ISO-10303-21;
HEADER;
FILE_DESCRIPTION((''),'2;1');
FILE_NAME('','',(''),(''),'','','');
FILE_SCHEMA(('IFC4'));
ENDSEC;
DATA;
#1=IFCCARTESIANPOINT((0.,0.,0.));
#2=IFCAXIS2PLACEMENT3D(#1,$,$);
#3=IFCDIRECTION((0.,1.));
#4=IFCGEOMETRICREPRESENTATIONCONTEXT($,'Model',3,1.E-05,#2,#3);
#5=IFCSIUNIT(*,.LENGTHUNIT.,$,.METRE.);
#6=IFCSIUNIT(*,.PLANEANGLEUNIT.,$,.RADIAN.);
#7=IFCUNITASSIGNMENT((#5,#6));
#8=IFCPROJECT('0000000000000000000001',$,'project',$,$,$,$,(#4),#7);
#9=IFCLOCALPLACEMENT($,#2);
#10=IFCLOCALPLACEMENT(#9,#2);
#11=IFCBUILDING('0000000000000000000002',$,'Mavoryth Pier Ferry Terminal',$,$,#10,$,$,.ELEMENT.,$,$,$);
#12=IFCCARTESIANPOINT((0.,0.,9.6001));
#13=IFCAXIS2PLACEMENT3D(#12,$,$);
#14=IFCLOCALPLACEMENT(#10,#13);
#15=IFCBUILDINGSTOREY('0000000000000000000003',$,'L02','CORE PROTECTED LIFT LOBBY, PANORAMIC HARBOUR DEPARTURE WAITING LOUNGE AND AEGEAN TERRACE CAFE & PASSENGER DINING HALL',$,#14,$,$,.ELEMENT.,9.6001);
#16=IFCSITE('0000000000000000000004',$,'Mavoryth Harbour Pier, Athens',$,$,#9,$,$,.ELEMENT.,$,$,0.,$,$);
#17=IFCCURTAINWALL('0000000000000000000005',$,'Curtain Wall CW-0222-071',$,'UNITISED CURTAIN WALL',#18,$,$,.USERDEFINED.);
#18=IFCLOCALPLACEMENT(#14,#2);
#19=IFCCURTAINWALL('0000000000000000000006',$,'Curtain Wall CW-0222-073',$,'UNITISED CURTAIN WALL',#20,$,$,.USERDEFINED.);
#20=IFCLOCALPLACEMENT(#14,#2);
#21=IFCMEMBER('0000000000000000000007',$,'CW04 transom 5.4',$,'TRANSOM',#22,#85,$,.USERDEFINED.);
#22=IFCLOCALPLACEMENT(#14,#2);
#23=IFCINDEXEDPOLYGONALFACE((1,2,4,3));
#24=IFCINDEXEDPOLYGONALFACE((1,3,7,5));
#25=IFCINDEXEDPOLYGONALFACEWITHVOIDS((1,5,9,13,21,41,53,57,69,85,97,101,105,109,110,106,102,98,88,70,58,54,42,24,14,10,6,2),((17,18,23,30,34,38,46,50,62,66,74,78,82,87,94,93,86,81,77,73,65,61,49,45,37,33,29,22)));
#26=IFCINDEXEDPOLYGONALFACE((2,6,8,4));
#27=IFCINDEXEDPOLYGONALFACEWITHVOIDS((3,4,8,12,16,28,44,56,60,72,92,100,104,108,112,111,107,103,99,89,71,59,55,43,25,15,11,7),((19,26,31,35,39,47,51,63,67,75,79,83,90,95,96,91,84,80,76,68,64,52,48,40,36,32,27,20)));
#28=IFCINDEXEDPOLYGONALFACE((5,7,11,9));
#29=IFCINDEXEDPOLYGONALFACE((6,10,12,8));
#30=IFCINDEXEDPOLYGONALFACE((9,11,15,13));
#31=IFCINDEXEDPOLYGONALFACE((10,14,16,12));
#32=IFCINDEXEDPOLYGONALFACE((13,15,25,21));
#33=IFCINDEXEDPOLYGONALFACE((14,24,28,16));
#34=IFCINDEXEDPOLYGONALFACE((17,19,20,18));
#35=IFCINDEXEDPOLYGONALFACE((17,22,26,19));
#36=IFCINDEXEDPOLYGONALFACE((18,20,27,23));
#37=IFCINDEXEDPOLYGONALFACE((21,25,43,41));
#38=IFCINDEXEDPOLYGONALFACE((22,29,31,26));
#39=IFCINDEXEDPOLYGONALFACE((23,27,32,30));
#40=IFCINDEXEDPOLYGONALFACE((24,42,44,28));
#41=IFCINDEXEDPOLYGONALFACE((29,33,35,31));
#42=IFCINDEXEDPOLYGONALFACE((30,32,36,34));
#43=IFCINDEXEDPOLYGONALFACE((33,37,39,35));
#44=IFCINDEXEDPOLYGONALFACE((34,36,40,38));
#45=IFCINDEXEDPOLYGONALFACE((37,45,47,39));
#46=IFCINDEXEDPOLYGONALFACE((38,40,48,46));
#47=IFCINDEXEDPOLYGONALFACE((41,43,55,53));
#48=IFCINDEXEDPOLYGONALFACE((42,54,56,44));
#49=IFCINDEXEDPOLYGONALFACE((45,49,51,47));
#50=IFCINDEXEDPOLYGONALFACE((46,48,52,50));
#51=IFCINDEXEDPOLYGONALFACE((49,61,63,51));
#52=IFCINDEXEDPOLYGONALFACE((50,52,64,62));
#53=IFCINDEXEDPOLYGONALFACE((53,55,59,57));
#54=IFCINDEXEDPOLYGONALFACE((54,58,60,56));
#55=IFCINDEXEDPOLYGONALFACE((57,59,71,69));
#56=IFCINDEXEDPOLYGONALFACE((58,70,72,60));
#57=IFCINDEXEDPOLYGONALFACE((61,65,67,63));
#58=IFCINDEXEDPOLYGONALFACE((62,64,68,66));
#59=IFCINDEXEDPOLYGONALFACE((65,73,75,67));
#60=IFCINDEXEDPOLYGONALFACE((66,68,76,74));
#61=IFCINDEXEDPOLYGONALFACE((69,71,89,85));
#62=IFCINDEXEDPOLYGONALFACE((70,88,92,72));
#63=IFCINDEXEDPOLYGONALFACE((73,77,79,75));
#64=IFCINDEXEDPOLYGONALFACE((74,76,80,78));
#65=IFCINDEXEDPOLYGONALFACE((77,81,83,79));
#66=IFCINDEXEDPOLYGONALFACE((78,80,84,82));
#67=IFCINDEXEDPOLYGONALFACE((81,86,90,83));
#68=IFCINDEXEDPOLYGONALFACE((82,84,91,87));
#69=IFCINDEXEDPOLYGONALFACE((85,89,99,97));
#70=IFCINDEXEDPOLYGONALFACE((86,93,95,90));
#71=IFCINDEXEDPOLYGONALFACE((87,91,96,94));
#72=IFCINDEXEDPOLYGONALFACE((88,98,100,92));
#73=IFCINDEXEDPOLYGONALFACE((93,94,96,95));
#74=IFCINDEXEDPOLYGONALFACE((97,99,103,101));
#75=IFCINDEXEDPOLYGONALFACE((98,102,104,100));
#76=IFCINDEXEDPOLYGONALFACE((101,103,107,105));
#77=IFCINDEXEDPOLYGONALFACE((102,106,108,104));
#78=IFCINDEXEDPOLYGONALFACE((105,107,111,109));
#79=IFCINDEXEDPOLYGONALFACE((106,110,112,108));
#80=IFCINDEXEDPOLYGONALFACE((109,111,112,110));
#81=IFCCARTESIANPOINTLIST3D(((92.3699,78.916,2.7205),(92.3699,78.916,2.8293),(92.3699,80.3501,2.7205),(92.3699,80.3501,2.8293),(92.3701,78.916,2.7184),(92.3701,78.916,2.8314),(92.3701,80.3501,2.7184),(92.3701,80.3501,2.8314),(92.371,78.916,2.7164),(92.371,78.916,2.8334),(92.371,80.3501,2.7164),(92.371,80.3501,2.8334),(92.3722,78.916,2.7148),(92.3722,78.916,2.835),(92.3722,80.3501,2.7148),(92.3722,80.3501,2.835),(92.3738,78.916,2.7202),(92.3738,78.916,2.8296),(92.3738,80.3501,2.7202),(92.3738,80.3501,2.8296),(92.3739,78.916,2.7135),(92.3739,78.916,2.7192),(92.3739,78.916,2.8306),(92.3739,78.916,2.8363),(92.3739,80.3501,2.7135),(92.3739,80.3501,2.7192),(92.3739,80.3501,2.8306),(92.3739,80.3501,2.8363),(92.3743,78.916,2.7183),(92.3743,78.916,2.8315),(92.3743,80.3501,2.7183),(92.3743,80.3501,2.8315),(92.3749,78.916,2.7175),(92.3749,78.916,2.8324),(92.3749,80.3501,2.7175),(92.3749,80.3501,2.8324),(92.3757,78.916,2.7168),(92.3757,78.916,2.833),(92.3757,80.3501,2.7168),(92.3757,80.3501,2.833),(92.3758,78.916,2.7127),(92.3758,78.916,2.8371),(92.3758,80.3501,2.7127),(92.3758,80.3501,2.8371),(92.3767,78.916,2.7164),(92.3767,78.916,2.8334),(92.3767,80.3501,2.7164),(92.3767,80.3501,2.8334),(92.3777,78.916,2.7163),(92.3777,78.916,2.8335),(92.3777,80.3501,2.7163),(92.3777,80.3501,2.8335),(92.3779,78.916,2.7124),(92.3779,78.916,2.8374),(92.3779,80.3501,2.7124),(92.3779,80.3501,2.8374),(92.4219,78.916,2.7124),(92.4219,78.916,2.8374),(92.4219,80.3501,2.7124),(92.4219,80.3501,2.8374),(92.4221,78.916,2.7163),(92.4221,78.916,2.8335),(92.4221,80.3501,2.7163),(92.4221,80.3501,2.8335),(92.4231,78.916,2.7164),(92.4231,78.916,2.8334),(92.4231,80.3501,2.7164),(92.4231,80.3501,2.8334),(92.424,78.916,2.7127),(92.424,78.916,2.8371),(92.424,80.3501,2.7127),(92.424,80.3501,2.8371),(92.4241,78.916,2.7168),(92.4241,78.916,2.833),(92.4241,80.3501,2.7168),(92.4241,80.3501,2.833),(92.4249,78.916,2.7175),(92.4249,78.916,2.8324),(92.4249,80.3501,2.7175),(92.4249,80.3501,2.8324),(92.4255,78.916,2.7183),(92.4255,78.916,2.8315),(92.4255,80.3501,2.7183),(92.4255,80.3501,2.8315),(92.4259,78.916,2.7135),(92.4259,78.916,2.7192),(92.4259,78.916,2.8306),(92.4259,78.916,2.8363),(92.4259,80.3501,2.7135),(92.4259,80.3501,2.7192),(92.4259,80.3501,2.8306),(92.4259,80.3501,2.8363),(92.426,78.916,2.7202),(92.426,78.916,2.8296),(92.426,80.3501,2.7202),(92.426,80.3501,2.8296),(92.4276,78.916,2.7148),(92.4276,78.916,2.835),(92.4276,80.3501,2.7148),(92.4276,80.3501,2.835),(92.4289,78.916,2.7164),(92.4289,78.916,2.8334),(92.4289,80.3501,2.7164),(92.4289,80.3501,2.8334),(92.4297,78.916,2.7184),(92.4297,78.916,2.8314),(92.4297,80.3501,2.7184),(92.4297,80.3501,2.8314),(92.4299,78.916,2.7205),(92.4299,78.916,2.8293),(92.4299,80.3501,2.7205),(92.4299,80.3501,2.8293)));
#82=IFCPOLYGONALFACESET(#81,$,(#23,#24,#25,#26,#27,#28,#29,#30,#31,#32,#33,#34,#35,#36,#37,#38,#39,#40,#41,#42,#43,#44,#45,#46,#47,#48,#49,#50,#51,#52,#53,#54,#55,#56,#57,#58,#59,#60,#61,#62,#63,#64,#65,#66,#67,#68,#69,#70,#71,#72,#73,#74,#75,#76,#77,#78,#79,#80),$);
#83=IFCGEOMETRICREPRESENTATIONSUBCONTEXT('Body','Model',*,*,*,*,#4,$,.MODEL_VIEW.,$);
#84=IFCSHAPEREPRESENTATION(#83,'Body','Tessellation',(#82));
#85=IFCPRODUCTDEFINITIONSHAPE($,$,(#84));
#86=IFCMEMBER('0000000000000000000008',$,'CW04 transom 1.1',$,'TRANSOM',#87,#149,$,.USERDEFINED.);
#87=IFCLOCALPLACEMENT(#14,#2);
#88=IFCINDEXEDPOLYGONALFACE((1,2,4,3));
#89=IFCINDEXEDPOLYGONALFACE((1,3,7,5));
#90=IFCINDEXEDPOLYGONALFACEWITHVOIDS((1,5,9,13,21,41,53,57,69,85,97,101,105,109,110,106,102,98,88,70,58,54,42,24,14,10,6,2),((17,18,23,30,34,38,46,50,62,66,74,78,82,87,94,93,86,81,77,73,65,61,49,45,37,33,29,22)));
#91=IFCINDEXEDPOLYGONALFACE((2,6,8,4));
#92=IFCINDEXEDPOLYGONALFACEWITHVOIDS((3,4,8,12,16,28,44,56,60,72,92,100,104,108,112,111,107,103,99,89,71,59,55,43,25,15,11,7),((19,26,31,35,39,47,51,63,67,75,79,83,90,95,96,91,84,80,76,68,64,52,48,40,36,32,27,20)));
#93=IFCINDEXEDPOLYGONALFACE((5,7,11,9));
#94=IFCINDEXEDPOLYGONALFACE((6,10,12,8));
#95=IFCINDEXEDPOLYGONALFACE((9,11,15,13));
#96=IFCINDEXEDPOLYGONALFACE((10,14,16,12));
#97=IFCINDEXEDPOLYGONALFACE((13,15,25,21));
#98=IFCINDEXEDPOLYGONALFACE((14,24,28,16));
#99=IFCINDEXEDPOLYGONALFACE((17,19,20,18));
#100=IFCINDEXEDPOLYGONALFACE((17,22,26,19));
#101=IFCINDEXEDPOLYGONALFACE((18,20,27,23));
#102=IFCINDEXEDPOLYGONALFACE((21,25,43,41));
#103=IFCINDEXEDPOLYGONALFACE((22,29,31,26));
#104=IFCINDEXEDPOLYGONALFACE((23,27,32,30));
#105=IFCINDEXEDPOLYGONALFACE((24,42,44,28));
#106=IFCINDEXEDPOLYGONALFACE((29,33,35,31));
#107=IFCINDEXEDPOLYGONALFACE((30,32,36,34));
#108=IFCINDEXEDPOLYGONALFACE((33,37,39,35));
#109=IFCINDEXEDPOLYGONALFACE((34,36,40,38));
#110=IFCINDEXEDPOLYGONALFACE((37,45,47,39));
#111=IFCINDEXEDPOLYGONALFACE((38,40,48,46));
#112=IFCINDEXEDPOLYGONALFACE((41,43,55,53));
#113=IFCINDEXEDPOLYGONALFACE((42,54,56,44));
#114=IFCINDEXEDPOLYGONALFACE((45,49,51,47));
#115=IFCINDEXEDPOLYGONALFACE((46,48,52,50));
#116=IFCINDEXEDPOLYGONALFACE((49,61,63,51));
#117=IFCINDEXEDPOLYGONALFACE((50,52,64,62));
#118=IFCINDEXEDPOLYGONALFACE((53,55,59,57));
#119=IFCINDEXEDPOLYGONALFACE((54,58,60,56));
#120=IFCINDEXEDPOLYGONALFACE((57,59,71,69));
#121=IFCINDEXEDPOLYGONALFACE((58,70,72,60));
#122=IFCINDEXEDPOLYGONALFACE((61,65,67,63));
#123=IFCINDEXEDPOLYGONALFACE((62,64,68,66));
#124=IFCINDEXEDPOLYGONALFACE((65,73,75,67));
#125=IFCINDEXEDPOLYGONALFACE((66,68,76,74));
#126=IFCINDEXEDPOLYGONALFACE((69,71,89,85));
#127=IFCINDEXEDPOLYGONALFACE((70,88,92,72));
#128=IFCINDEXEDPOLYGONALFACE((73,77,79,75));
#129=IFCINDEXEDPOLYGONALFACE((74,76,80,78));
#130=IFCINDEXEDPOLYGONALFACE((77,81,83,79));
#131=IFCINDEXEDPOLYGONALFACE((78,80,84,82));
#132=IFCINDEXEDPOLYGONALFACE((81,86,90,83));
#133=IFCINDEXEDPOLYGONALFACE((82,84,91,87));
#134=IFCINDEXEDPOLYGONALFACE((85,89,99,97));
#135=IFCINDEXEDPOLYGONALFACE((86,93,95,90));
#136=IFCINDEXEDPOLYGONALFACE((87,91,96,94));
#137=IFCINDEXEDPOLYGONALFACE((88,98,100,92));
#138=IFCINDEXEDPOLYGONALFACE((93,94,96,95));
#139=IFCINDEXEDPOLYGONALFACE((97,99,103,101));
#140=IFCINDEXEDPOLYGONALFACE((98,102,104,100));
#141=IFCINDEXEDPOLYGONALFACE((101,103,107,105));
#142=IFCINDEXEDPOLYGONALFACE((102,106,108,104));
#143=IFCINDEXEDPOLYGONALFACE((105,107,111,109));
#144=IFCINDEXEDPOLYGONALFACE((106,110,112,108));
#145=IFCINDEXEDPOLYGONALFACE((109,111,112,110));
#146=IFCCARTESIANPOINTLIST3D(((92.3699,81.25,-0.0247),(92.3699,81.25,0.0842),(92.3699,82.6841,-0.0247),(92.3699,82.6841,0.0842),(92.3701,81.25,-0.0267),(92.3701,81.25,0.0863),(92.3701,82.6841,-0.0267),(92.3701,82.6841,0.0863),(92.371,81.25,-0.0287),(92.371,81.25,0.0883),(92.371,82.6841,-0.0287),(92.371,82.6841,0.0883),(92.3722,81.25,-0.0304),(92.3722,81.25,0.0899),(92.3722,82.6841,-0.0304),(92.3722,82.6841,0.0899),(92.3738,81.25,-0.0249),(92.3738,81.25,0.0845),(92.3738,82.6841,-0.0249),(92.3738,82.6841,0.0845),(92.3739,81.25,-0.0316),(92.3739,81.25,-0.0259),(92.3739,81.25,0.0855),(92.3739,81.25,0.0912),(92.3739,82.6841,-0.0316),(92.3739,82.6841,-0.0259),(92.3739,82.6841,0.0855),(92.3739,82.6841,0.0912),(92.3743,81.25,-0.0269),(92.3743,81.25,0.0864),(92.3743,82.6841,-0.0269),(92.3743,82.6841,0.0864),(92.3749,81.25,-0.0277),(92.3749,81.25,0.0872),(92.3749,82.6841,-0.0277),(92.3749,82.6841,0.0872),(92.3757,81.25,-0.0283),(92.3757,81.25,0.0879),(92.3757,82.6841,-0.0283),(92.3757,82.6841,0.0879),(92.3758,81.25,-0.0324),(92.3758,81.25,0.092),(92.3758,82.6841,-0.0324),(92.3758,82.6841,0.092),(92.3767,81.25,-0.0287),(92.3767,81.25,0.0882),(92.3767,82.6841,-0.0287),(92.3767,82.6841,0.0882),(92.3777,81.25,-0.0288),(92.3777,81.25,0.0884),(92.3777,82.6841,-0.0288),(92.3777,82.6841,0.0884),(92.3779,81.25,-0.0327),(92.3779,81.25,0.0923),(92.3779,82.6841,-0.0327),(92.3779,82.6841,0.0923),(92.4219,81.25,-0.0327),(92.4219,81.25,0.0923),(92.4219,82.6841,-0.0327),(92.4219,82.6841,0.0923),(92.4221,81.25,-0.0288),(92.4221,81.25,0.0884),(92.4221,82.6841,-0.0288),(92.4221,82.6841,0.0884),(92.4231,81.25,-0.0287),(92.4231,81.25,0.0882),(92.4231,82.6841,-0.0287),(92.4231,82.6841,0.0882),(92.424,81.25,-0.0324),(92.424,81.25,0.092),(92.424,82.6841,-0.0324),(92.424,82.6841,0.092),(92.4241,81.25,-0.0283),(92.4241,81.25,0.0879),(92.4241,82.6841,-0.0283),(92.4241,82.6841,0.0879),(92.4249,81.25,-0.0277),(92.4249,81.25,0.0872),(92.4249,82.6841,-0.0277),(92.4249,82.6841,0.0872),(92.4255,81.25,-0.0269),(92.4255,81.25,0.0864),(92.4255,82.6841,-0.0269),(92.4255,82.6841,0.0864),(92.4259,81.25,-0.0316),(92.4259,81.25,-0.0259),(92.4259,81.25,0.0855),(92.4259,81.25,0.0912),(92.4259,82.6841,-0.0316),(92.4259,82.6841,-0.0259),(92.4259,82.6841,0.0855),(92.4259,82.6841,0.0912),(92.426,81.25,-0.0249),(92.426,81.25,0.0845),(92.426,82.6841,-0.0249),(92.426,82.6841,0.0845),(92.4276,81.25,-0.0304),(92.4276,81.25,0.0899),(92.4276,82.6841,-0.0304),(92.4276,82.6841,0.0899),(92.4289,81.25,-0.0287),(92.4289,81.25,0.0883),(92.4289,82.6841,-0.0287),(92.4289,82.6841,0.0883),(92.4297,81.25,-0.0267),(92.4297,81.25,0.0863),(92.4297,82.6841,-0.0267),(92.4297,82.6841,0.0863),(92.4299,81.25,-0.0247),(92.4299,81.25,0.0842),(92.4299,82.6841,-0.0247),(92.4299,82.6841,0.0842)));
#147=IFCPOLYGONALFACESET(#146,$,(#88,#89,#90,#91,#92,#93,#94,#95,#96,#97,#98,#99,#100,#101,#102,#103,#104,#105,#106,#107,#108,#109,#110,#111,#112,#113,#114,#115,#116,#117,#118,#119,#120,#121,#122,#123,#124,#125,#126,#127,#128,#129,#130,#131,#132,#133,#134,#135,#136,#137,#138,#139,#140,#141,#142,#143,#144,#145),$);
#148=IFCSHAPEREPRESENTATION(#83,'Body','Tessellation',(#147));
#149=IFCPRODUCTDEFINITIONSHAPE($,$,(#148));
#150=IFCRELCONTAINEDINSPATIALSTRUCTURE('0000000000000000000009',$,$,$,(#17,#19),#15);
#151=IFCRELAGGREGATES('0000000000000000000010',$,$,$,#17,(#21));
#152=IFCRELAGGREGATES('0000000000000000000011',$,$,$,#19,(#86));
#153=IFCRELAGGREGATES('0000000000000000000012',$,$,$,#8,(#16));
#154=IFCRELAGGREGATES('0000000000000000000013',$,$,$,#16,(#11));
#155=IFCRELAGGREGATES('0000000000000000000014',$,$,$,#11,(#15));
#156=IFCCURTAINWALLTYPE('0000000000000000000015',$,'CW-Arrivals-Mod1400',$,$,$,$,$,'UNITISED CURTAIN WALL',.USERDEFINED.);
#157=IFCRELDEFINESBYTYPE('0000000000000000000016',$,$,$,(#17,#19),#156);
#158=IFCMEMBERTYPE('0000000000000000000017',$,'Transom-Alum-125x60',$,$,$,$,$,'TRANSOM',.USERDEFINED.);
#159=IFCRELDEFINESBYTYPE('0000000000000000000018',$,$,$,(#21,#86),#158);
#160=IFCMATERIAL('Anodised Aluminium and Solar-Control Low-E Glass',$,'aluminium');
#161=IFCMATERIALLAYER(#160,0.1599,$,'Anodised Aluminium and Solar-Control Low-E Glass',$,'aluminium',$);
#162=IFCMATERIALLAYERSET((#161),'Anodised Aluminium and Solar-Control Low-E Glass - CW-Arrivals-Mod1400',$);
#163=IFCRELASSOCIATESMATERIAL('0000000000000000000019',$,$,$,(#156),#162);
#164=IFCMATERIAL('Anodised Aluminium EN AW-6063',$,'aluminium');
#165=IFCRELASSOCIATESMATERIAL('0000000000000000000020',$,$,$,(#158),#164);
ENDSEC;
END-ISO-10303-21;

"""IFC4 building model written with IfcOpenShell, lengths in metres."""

from ifc_helpers import new_model, si_unit, direction, frame, origin, origin_2d, place, context, subcontext, project, spatial, hollow_rectangle, extrude, material, layer, layer_set, material_profile, profile_set, type_object, element, aggregate, save


model = new_model("IFC4")

# Units and contexts
model_context = context("Model", 3, precision=1e-05, world=origin(), true_north=direction((0.0, 1.0)))
body_context = subcontext(model_context, "Body", "Model", "MODEL_VIEW")
ifc_project = project(units=[si_unit("LENGTHUNIT", "METRE"), si_unit("PLANEANGLEUNIT", "RADIAN")], contexts=[model_context])

# Site, building, storey
site_placement = place(None, origin())
site = spatial("IfcSite", under=ifc_project, at=site_placement, Name="Mavoryth Harbour Pier, Athens", CompositionType="ELEMENT", RefElevation=0.0)
building_placement = place(site_placement, origin())
building = spatial("IfcBuilding", under=site, at=building_placement, Name="Mavoryth Pier Ferry Terminal", CompositionType="ELEMENT")
storey_placement = place(building_placement, frame((0.0, 0.0, 9.6001)))
storey = spatial("IfcBuildingStorey", under=building, at=storey_placement, Name="L02", Description="CORE PROTECTED LIFT LOBBY, PANORAMIC HARBOUR DEPARTURE WAITING LOUNGE AND AEGEAN TERRACE CAFE & PASSENGER DINING HALL", CompositionType="ELEMENT", Elevation=9.6001)

# Curtain walls
ifc_material_1 = material(Name="Anodised Aluminium and Solar-Control Low-E Glass", Category="aluminium")
ifc_layer_1 = layer(ifc_material_1, 0.1599, Name="Anodised Aluminium and Solar-Control Low-E Glass", Category="aluminium")
ifc_layer_set_1 = layer_set([ifc_layer_1], Name="Anodised Aluminium and Solar-Control Low-E Glass - CW-Arrivals-Mod1400")
curtain_wall_type = type_object("IfcCurtainWallType", Name="CW-Arrivals-Mod1400", ElementType="UNITISED CURTAIN WALL", PredefinedType="USERDEFINED", material=ifc_layer_set_1)
curtain_wall_1_placement = place(storey_placement, origin())
curtain_wall_1 = element("IfcCurtainWall", 1, at=curtain_wall_1_placement, inside=storey, type_object=curtain_wall_type, Name="Curtain Wall CW-0222-071", ObjectType="UNITISED CURTAIN WALL", PredefinedType="USERDEFINED")
ifc_material_2 = material(Name="Anodised Aluminium EN AW-6063", Category="aluminium")
curtain_wall_2_placement = place(storey_placement, origin())
curtain_wall_2 = element("IfcCurtainWall", 2, at=curtain_wall_2_placement, inside=storey, type_object=curtain_wall_type, Name="Curtain Wall CW-0222-073", ObjectType="UNITISED CURTAIN WALL", PredefinedType="USERDEFINED")

# Members
ifc_material_profile_1 = material_profile(ifc_material_2, hollow_rectangle(XDim=0.0601, YDim=0.125, WallThickness=0.0039, InnerFilletRadius=0.0039, OuterFilletRadius=0.0081, at=origin_2d()), Name="AL-TRAN 125x60x4", Category="aluminium")
ifc_profile_set_1 = profile_set([ifc_material_profile_1], Name="Anodised Aluminium EN AW-6063 - AL-TRAN 125x60x4")
member_type_1 = type_object("IfcMemberType", Name="Transom-Alum-125x60", ElementType="TRANSOM", PredefinedType="USERDEFINED", material=ifc_profile_set_1)
member_1_placement = place(storey_placement, frame((92.3999, 78.916, 2.7749), z_axis=(0.0, 1.0, 0.0), x_axis=(-1.0, 0.0, 0.0)))
member_1 = element("IfcMember", 3, at=member_1_placement, type_object=member_type_1, Name="CW04 transom 5.4", ObjectType="TRANSOM", PredefinedType="USERDEFINED", context=body_context, shape_type="SweptSolid", body=[
    extrude(hollow_rectangle(XDim=0.0601, YDim=0.125, WallThickness=0.0039, InnerFilletRadius=0.0039, OuterFilletRadius=0.0081, at=origin_2d()), origin(), (0.0, 0.0, 1.0), 1.4341),
])
member_2_placement = place(storey_placement, frame((92.3999, 81.25, 0.0298), z_axis=(0.0, 1.0, 0.0), x_axis=(-1.0, 0.0, 0.0)))
member_2 = element("IfcMember", 4, at=member_2_placement, type_object=member_type_1, Name="CW04 transom 1.1", ObjectType="TRANSOM", PredefinedType="USERDEFINED", context=body_context, shape_type="SweptSolid", body=[
    extrude(hollow_rectangle(XDim=0.0601, YDim=0.125, WallThickness=0.0039, InnerFilletRadius=0.0039, OuterFilletRadius=0.0081, at=origin_2d()), origin(), (0.0, 0.0, 1.0), 1.4341),
])

aggregate(curtain_wall_1, [member_1])
aggregate(curtain_wall_2, [member_2])

save(model, "model.ifc")
